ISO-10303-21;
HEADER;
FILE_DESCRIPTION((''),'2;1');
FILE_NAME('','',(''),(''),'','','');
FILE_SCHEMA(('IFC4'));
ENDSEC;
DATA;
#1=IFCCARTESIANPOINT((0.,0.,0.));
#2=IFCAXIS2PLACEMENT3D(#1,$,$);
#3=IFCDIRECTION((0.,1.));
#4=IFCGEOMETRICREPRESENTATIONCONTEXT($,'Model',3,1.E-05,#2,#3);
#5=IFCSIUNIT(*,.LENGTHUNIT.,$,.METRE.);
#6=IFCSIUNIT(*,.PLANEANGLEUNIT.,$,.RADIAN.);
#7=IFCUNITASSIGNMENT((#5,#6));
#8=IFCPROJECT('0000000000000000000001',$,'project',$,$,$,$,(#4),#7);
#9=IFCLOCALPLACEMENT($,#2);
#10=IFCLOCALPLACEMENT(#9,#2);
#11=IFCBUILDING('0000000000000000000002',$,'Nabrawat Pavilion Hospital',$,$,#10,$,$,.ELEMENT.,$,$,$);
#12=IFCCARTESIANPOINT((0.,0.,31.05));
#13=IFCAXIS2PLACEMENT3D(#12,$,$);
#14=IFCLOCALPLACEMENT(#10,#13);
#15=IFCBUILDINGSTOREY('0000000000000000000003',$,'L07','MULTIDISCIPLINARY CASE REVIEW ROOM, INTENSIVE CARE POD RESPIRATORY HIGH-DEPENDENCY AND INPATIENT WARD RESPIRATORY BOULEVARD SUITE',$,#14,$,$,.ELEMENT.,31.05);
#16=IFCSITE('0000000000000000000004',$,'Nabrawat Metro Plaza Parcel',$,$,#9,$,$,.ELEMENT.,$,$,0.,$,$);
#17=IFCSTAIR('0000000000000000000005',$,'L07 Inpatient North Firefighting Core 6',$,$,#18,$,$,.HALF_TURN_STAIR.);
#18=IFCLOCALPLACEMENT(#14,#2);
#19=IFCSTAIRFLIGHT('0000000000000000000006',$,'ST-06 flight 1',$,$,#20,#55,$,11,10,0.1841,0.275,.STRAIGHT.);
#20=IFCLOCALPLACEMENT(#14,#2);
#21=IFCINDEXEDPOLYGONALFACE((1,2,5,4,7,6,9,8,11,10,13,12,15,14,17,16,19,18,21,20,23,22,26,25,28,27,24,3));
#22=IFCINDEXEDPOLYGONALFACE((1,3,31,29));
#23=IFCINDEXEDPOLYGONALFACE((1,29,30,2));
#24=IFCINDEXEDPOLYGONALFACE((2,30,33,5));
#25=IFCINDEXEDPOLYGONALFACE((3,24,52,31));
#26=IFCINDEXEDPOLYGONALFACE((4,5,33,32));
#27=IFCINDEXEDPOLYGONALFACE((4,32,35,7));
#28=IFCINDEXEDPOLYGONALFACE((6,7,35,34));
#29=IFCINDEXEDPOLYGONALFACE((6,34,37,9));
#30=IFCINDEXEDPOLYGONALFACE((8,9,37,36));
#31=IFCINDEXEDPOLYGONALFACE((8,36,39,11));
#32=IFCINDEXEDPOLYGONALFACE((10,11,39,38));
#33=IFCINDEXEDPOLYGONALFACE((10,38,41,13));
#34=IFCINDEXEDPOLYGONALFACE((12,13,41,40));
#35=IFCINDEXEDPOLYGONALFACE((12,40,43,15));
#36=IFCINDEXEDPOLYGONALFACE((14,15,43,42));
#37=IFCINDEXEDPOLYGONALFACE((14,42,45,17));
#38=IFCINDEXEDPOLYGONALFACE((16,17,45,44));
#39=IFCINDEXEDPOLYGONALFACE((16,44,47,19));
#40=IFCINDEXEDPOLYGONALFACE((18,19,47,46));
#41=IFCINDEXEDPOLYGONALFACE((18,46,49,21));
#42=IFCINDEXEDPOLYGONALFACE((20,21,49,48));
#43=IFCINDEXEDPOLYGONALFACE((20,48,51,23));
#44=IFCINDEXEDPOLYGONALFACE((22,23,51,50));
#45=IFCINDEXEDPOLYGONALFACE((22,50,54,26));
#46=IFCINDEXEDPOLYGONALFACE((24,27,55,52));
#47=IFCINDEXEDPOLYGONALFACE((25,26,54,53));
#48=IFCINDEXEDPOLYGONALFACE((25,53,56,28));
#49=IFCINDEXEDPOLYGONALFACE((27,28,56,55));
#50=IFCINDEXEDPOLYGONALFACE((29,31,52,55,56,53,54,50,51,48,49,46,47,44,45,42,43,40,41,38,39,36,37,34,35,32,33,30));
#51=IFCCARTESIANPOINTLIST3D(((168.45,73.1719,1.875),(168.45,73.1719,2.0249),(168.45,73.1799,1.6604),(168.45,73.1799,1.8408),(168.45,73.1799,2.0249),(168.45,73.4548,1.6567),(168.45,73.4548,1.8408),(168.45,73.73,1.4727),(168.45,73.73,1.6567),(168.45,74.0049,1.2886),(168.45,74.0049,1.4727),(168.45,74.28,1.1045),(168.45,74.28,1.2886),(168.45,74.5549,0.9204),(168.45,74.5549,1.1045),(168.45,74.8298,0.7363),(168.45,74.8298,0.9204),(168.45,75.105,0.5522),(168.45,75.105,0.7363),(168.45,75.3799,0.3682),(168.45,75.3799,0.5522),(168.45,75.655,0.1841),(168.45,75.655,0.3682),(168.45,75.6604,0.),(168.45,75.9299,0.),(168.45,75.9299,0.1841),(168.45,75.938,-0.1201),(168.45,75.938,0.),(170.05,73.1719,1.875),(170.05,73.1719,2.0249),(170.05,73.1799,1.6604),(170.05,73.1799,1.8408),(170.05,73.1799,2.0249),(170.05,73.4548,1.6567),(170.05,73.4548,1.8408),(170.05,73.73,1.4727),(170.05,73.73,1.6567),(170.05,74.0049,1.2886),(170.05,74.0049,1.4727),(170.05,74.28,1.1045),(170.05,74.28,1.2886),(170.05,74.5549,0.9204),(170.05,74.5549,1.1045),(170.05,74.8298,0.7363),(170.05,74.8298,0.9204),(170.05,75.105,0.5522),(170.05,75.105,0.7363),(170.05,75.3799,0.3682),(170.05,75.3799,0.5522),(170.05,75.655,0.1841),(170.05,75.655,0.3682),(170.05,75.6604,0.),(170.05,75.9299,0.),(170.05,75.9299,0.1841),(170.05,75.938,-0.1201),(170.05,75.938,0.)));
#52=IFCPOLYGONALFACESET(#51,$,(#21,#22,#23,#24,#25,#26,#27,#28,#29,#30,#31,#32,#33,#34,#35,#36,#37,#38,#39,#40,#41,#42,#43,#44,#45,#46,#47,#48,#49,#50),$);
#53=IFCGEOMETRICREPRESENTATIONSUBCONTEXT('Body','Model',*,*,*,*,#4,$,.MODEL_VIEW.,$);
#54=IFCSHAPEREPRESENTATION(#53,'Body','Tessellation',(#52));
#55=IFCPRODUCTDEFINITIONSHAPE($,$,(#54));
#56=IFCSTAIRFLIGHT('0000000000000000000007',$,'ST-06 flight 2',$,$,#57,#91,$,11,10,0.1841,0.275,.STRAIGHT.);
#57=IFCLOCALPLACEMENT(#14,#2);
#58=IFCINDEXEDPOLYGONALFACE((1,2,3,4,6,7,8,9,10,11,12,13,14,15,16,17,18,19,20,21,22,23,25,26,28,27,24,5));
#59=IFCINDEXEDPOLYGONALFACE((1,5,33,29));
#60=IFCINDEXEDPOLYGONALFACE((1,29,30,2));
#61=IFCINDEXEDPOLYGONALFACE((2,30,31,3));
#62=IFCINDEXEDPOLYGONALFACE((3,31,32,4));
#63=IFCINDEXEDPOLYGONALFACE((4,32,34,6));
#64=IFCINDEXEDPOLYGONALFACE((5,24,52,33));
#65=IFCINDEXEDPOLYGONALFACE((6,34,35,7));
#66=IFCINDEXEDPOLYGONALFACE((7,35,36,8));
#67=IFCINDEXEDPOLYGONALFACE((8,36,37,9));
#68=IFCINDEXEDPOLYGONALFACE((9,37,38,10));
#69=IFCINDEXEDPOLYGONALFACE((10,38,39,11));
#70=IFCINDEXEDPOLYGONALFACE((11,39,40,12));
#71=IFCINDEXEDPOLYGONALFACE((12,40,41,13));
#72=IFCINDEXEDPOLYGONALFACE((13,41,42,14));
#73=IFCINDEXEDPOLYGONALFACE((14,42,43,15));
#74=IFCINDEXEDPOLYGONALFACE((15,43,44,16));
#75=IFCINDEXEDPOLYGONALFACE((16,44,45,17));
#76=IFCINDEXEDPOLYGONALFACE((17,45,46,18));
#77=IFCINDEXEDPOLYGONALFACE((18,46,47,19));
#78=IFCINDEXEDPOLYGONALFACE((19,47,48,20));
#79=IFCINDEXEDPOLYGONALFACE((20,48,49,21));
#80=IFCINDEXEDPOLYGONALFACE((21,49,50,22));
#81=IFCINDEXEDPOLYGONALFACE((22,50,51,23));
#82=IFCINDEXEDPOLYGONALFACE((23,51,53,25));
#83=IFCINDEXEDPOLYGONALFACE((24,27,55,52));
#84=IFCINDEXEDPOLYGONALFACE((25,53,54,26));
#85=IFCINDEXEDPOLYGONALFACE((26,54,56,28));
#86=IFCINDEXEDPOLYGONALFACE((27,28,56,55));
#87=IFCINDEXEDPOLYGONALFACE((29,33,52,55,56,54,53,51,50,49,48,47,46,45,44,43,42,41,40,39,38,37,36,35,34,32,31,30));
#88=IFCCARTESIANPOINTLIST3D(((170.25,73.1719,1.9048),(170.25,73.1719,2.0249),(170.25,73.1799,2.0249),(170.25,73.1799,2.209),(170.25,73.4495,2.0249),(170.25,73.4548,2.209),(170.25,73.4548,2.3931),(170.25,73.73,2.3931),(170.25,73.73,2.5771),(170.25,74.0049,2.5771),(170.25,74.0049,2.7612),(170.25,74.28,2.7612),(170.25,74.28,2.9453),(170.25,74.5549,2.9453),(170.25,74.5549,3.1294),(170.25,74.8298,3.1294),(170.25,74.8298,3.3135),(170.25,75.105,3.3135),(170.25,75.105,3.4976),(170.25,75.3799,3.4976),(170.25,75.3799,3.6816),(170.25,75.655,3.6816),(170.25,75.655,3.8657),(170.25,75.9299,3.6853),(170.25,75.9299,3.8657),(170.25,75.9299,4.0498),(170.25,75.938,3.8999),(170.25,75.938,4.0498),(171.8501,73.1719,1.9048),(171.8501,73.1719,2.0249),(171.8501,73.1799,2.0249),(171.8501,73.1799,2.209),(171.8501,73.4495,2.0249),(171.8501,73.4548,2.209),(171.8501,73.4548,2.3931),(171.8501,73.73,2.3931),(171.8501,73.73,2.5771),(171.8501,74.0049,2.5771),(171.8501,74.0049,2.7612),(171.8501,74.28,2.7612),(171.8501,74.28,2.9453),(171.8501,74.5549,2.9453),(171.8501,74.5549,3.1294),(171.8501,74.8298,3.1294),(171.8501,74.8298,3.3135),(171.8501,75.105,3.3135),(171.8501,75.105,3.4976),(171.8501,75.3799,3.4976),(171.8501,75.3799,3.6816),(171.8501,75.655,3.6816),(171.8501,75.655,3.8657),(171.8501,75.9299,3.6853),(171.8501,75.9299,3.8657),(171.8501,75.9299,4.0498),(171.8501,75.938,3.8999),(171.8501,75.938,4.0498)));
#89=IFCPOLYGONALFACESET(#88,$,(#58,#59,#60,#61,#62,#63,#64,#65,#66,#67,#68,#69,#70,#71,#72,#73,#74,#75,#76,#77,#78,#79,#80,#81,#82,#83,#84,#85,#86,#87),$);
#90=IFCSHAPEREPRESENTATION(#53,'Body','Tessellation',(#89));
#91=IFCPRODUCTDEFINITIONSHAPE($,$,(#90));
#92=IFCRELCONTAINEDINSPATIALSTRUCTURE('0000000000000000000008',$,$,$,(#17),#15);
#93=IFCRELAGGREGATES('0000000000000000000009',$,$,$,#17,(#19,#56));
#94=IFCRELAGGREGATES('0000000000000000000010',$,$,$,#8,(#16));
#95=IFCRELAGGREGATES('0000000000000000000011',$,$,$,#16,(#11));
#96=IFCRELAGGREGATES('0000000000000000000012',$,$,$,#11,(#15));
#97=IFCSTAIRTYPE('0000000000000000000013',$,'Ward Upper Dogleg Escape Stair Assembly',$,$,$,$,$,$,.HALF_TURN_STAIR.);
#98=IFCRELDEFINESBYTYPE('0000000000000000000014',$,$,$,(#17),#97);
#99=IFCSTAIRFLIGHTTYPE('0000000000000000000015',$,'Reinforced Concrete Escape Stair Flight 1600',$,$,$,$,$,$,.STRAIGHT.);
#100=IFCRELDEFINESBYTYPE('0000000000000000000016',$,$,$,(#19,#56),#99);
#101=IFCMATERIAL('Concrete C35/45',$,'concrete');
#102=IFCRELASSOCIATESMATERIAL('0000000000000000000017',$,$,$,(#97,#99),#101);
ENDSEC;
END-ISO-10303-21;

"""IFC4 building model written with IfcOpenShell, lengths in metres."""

from ifc_helpers import new_model, si_unit, direction, frame, origin, place, context, subcontext, project, spatial, polyline, outline, extrude, material, type_object, element, aggregate, save


model = new_model("IFC4")

# Units and contexts
model_context = context("Model", 3, precision=1e-05, world=origin(), true_north=direction((0.0, 1.0)))
body_context = subcontext(model_context, "Body", "Model", "MODEL_VIEW")
ifc_project = project(units=[si_unit("LENGTHUNIT", "METRE"), si_unit("PLANEANGLEUNIT", "RADIAN")], contexts=[model_context])

# Site, building, storey
site_placement = place(None, origin())
site = spatial("IfcSite", under=ifc_project, at=site_placement, Name="Nabrawat Metro Plaza Parcel", CompositionType="ELEMENT", RefElevation=0.0)
building_placement = place(site_placement, origin())
building = spatial("IfcBuilding", under=site, at=building_placement, Name="Nabrawat Pavilion Hospital", CompositionType="ELEMENT")
storey_placement = place(building_placement, frame((0.0, 0.0, 31.05)))
storey = spatial("IfcBuildingStorey", under=building, at=storey_placement, Name="L07", Description="MULTIDISCIPLINARY CASE REVIEW ROOM, INTENSIVE CARE POD RESPIRATORY HIGH-DEPENDENCY AND INPATIENT WARD RESPIRATORY BOULEVARD SUITE", CompositionType="ELEMENT", Elevation=31.05)

# Shared definitions
ifc_material_1 = material(Name="Concrete C35/45", Category="concrete")

# Stair, stair flights
stair_type = type_object("IfcStairType", Name="Ward Upper Dogleg Escape Stair Assembly", PredefinedType="HALF_TURN_STAIR", material=ifc_material_1)
stair_placement = place(storey_placement, origin())
stair = element("IfcStair", 1, at=stair_placement, inside=storey, type_object=stair_type, Name="L07 Inpatient North Firefighting Core 6", PredefinedType="HALF_TURN_STAIR")
stair_flight_type = type_object("IfcStairFlightType", Name="Reinforced Concrete Escape Stair Flight 1600", PredefinedType="STRAIGHT", material=ifc_material_1)
stair_flight_1_placement = place(storey_placement, frame((169.25, 75.9299, 0.0), z_axis=(0.0, 0.0, 1.0), x_axis=(0.0, -1.0, 0.0)))
stair_flight_1 = element("IfcStairFlight", 2, at=stair_flight_1_placement, type_object=stair_flight_type, Name="ST-06 flight 1", NumberOfRisers=11, NumberOfTreads=10, PredefinedType="STRAIGHT", RiserHeight=0.1841, TreadLength=0.275, context=body_context, shape_type="SweptSolid", body=[
    extrude(outline(polyline([(-0.0081, 0.0), (0.0, 0.0), (0.0, 0.1841), (0.2749, 0.1841), (0.2749, 0.3682), (0.55, 0.3682), (0.55, 0.5522), (0.825, 0.5522), (0.825, 0.7363), (1.1001, 0.7363), (1.1001, 0.9204), (1.375, 0.9204), (1.375, 1.1045), (1.6499, 1.1045), (1.6499, 1.2886), (1.925, 1.2886), (1.925, 1.4727), (2.2, 1.4727), (2.2, 1.6567), (2.4751, 1.6567), (2.4751, 1.8408), (2.75, 1.8408), (2.75, 2.0249), (2.7581, 2.0249), (2.7581, 1.875), (2.75, 1.6604), (0.2695, 0.0), (-0.0081, -0.1201), (-0.0081, 0.0)])), frame((0.0, 0.8, 0.0), z_axis=(0.0, -1.0, 0.0), x_axis=(1.0, 0.0, 0.0)), (0.0, 0.0, 1.0), 1.6001),
])
stair_flight_2_placement = place(storey_placement, frame((171.05, 73.1799, 2.0249), z_axis=(0.0, 0.0, 1.0), x_axis=(0.0, 1.0, 0.0)))
stair_flight_2 = element("IfcStairFlight", 3, at=stair_flight_2_placement, type_object=stair_flight_type, Name="ST-06 flight 2", NumberOfRisers=11, NumberOfTreads=10, PredefinedType="STRAIGHT", RiserHeight=0.1841, TreadLength=0.275, context=body_context, shape_type="SweptSolid", body=[
    extrude(outline(polyline([(-0.0081, 0.0), (0.0, 0.0), (0.0, 0.1841), (0.2749, 0.1841), (0.2749, 0.3682), (0.55, 0.3682), (0.55, 0.5522), (0.825, 0.5522), (0.825, 0.7363), (1.1001, 0.7363), (1.1001, 0.9204), (1.375, 0.9204), (1.375, 1.1045), (1.6499, 1.1045), (1.6499, 1.2886), (1.925, 1.2886), (1.925, 1.4727), (2.2, 1.4727), (2.2, 1.6567), (2.4751, 1.6567), (2.4751, 1.8408), (2.75, 1.8408), (2.75, 2.0249), (2.7581, 2.0249), (2.7581, 1.875), (2.75, 1.6604), (0.2695, 0.0), (-0.0081, -0.1201), (-0.0081, 0.0)])), frame((0.0, 0.8, 0.0), z_axis=(0.0, -1.0, 0.0), x_axis=(1.0, 0.0, 0.0)), (0.0, 0.0, 1.0), 1.6001),
])
aggregate(stair, [stair_flight_1, stair_flight_2])

save(model, "model.ifc")
